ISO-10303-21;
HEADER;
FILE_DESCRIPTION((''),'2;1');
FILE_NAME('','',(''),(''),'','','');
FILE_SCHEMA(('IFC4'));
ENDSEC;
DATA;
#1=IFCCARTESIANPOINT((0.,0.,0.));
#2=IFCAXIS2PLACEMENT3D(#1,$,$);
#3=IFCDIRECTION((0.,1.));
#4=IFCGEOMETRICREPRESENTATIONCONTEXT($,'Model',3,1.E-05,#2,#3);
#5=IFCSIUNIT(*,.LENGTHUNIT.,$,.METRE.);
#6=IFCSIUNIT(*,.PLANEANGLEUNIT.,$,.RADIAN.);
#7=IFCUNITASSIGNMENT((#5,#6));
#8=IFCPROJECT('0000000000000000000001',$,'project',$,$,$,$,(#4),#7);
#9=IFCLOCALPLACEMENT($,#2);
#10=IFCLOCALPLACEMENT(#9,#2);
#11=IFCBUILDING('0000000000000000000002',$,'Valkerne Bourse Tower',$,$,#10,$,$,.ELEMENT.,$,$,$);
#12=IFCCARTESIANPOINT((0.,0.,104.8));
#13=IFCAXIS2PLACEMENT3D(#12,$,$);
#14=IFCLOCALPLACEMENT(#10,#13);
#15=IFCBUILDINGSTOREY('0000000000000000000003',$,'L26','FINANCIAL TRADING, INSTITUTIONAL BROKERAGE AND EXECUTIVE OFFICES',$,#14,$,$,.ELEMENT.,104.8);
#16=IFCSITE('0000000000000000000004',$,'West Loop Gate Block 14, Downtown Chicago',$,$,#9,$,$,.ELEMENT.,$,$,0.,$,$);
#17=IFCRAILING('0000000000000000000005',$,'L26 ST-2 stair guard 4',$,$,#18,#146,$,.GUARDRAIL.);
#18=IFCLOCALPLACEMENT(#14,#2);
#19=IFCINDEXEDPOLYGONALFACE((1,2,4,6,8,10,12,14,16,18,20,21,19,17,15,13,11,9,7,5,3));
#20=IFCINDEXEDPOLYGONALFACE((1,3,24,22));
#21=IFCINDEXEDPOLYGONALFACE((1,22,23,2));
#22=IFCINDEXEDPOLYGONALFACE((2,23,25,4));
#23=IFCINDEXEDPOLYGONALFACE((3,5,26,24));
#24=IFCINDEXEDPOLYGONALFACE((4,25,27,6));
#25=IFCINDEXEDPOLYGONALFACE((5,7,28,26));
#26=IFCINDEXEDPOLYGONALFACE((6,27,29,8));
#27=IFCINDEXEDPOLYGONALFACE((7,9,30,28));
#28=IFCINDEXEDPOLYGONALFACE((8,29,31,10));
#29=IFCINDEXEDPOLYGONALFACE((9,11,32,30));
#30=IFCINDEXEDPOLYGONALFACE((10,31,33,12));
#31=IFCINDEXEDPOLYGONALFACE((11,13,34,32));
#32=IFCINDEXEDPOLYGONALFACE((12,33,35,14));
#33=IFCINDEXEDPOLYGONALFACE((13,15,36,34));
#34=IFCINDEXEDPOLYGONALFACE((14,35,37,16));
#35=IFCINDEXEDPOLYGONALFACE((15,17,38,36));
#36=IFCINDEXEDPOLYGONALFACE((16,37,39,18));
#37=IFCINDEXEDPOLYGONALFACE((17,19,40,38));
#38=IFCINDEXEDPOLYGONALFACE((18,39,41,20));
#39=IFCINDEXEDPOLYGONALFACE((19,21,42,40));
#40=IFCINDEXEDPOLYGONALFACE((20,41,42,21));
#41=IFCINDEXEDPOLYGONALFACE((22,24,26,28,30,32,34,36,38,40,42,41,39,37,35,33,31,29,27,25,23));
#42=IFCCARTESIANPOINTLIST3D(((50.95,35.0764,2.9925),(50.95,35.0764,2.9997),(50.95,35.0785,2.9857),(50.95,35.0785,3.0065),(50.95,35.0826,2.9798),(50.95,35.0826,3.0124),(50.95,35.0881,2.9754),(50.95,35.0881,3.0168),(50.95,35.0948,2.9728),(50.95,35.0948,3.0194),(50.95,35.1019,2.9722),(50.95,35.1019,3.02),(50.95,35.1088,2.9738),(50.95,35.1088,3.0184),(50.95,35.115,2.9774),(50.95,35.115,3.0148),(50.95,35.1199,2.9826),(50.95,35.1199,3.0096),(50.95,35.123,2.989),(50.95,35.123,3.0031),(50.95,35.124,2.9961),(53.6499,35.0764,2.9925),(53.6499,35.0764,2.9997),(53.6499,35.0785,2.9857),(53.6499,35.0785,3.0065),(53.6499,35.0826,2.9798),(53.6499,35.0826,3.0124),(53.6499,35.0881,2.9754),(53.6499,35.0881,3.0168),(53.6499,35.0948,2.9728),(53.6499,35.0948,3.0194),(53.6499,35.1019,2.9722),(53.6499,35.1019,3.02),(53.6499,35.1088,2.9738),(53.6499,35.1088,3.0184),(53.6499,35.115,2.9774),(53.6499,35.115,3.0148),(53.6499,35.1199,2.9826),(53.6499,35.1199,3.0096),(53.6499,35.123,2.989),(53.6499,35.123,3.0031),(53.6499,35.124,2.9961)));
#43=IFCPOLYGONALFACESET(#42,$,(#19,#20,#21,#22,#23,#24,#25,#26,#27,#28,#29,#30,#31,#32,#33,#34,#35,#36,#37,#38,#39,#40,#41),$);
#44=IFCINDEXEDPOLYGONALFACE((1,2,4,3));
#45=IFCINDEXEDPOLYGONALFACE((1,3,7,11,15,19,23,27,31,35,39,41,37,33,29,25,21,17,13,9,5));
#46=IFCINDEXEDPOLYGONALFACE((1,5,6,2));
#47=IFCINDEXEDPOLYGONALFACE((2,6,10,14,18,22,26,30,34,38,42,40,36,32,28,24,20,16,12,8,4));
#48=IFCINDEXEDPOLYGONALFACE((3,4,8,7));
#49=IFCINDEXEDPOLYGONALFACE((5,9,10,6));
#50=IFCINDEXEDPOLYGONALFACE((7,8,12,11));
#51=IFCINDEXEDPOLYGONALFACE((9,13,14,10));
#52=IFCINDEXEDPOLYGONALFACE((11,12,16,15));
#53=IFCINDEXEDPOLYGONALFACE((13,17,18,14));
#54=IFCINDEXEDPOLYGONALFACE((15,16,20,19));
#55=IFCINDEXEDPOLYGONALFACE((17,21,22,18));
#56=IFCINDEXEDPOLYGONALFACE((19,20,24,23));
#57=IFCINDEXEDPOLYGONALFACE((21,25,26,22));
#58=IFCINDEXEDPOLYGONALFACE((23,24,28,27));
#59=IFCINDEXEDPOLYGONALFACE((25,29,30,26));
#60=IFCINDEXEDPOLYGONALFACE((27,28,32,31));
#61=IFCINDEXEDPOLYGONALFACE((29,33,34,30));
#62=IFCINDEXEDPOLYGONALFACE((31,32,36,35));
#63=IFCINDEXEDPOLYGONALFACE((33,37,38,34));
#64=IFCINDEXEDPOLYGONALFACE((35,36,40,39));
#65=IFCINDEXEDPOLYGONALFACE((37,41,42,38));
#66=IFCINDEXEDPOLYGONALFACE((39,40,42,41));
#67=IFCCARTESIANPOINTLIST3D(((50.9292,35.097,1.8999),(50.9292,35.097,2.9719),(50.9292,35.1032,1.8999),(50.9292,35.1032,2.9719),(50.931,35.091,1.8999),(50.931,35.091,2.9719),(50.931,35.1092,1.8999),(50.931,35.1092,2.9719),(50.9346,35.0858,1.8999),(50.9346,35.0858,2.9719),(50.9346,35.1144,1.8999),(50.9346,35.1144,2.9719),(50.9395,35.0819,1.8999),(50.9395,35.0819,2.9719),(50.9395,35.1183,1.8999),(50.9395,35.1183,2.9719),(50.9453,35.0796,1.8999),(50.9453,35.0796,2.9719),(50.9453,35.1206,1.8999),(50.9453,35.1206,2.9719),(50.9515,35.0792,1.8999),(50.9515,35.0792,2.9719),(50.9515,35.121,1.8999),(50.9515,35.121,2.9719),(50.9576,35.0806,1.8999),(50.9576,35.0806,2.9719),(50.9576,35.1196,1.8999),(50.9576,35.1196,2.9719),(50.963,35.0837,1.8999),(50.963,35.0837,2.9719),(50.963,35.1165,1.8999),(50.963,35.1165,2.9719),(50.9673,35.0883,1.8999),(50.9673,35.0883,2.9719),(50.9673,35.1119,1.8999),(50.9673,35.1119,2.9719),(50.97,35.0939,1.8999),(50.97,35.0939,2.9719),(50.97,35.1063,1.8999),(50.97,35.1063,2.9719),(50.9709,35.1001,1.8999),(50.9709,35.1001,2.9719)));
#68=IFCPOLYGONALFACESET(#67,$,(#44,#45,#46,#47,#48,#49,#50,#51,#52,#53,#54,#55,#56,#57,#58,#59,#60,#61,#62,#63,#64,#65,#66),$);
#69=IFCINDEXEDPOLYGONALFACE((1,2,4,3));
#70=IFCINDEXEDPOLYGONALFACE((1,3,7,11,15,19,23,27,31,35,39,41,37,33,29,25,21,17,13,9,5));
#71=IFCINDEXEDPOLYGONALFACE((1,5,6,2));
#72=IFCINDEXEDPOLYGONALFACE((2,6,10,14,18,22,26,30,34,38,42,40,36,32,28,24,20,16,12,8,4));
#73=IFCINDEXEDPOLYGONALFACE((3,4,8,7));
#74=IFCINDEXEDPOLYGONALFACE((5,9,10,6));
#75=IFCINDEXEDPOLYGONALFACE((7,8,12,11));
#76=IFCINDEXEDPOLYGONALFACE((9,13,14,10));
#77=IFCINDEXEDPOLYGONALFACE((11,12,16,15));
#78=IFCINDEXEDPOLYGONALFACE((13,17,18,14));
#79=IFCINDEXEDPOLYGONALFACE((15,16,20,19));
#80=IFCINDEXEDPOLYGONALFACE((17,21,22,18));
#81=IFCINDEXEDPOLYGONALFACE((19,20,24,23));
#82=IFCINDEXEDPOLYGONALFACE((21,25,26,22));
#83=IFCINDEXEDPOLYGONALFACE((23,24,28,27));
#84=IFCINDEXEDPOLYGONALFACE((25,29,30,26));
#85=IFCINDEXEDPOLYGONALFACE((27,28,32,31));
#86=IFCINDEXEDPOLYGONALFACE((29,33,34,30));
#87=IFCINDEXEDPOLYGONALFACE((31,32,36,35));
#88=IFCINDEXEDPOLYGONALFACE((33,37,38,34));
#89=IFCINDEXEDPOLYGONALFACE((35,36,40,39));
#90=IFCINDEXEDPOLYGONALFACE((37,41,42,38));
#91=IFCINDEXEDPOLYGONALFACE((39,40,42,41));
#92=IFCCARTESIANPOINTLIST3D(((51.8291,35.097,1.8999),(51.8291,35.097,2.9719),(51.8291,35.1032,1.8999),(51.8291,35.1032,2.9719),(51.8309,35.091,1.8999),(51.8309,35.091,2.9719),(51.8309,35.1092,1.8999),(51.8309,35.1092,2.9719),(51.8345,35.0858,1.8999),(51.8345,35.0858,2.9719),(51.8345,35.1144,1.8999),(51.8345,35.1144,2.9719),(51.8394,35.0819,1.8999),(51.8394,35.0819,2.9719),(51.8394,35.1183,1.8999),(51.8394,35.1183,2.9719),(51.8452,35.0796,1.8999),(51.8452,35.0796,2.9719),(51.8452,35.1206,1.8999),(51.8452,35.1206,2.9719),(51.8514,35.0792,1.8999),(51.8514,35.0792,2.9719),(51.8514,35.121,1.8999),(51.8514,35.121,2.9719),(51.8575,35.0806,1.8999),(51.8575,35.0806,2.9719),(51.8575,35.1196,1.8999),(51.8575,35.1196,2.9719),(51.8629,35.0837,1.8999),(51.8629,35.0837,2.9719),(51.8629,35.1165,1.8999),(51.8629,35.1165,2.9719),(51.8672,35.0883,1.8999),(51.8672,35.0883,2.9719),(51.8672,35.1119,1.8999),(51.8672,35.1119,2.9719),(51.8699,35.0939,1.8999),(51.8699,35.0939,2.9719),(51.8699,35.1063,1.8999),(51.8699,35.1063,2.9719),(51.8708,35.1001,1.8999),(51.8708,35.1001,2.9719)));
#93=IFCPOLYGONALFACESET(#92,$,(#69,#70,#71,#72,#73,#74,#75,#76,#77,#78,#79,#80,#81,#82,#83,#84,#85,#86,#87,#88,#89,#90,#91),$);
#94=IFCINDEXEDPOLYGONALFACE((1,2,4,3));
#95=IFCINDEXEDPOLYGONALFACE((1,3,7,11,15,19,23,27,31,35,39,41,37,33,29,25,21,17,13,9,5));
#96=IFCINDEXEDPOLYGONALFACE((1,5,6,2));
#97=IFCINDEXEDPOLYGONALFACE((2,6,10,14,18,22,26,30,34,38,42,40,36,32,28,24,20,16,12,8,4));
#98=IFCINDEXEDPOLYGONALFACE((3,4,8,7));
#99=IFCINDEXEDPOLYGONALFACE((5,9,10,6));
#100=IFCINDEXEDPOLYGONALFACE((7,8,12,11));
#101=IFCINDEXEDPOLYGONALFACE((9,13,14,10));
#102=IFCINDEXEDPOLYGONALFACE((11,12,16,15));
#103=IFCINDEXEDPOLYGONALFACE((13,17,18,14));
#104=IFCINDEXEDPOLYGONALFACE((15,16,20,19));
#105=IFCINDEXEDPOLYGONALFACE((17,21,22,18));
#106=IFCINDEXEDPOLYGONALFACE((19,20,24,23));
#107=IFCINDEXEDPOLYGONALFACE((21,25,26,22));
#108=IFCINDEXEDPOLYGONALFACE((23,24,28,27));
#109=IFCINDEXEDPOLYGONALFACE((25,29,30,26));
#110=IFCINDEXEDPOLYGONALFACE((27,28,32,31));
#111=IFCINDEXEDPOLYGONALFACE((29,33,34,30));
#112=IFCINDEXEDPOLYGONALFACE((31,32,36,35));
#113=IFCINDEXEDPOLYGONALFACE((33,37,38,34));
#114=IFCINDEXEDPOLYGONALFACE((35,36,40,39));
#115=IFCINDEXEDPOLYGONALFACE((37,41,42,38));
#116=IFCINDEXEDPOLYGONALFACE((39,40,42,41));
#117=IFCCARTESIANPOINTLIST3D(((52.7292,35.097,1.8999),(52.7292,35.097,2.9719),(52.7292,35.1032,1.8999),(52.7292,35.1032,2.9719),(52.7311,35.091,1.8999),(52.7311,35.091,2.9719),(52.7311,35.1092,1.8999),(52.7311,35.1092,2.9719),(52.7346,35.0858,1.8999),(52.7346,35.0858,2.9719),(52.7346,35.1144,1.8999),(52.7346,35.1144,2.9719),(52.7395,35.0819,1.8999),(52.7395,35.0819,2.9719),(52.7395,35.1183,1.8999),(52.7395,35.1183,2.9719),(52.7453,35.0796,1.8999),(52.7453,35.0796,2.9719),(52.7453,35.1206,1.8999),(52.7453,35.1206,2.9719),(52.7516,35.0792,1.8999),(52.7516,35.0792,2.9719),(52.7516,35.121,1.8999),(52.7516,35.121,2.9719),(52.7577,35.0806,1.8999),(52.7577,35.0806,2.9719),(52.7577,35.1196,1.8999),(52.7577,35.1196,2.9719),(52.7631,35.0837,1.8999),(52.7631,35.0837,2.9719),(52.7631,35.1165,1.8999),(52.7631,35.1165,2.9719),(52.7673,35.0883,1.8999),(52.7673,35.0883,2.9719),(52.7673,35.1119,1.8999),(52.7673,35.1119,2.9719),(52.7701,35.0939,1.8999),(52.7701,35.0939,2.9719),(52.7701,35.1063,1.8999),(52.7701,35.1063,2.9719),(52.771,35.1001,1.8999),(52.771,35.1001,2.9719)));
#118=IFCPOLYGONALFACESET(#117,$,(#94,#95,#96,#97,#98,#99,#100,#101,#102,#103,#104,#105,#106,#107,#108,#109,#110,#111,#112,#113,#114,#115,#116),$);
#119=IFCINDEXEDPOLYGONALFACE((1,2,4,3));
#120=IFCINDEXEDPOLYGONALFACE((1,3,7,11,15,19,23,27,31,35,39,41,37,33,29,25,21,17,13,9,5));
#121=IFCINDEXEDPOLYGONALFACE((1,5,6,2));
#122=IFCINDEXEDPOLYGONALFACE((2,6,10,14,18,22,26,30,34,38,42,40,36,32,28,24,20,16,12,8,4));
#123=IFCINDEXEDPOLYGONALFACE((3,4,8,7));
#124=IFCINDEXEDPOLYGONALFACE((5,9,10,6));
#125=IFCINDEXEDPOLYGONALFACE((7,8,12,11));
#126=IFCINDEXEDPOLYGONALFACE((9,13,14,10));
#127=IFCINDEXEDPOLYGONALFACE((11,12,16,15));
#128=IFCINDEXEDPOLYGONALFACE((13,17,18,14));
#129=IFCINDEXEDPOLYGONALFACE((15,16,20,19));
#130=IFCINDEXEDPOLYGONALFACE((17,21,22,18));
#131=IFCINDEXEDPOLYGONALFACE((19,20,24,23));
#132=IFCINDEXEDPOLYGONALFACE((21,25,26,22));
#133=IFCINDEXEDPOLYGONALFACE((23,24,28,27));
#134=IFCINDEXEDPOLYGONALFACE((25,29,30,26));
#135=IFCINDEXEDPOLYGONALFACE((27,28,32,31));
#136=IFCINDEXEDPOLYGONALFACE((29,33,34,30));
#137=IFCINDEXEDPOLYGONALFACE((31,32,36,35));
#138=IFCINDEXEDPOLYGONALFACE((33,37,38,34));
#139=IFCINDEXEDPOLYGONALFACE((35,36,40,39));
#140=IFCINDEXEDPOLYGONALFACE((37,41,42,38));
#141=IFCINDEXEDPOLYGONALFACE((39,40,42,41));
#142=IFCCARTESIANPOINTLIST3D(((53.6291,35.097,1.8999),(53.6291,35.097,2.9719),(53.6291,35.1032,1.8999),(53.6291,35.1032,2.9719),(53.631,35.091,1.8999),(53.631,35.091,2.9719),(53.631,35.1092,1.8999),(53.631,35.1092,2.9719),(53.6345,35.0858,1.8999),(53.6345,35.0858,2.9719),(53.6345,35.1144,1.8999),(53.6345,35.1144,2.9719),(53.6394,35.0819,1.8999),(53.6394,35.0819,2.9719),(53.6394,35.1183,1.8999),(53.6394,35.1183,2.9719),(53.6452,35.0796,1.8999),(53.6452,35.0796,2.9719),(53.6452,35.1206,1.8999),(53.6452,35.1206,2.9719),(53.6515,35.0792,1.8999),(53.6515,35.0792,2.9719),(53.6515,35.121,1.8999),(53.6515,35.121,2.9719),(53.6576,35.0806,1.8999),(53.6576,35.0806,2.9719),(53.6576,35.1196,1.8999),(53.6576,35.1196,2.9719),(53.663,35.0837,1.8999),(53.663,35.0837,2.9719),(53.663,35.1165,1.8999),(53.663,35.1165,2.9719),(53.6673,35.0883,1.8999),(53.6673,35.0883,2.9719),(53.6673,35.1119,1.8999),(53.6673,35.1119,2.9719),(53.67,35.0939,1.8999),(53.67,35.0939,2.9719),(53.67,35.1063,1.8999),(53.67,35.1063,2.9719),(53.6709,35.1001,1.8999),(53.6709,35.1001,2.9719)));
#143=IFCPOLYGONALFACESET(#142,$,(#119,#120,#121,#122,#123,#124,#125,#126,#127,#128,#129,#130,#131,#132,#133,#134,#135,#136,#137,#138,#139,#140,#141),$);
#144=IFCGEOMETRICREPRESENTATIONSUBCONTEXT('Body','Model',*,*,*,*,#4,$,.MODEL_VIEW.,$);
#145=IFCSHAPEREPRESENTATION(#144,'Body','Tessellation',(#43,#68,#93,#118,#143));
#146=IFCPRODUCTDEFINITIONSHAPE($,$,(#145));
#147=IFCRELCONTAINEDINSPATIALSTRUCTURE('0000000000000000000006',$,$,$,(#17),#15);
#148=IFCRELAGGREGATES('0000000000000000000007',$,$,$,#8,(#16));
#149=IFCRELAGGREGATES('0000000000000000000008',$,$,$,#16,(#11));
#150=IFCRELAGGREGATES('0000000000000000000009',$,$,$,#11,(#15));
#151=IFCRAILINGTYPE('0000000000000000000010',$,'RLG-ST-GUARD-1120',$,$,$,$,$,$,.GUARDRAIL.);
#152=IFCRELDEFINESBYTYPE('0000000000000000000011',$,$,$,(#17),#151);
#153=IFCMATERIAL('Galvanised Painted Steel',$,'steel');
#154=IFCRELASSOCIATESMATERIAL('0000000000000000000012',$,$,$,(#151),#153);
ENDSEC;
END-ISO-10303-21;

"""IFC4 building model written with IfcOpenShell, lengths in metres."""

from ifc_helpers import new_model, si_unit, direction, frame, origin, origin_2d, place, context, subcontext, project, spatial, circle, extrude, material, type_object, element, save


model = new_model("IFC4")

# Units and contexts
model_context = context("Model", 3, precision=1e-05, world=origin(), true_north=direction((0.0, 1.0)))
body_context = subcontext(model_context, "Body", "Model", "MODEL_VIEW")
ifc_project = project(units=[si_unit("LENGTHUNIT", "METRE"), si_unit("PLANEANGLEUNIT", "RADIAN")], contexts=[model_context])

# Site, building, storey
site_placement = place(None, origin())
site = spatial("IfcSite", under=ifc_project, at=site_placement, Name="West Loop Gate Block 14, Downtown Chicago", CompositionType="ELEMENT", RefElevation=0.0)
building_placement = place(site_placement, origin())
building = spatial("IfcBuilding", under=site, at=building_placement, Name="Valkerne Bourse Tower", CompositionType="ELEMENT")
storey_placement = place(building_placement, frame((0.0, 0.0, 104.8)))
storey = spatial("IfcBuildingStorey", under=building, at=storey_placement, Name="L26", Description="FINANCIAL TRADING, INSTITUTIONAL BROKERAGE AND EXECUTIVE OFFICES", CompositionType="ELEMENT", Elevation=104.8)

# Railing
ifc_material_1 = material(Name="Galvanised Painted Steel", Category="steel")
railing_type_1 = type_object("IfcRailingType", Name="RLG-ST-GUARD-1120", PredefinedType="GUARDRAIL", material=ifc_material_1)
for number, where, name in (
    (1, (50.95, 35.1001, 1.8999), "L26 ST-2 stair guard 4"),
):
    element("IfcRailing", number, at=place(storey_placement, frame(where)), inside=storey, type_object=railing_type_1, Name=name, PredefinedType="GUARDRAIL", context=body_context, shape_type="SweptSolid", body=[
        extrude(circle(Radius=0.0239, at=origin_2d()), frame((0.0, 0.0, 1.0962), z_axis=(1.0, 0.0, 0.0), x_axis=(0.0, 1.0, 0.0)), (0.0, 0.0, 1.0), 2.7),
        extrude(circle(Radius=0.021, at=origin_2d()), origin(), (0.0, 0.0, 1.0), 1.072),
        extrude(circle(Radius=0.021, at=origin_2d()), frame((0.8999, 0.0, 0.0)), (0.0, 0.0, 1.0), 1.072),
        extrude(circle(Radius=0.021, at=origin_2d()), frame((1.8, 0.0, 0.0)), (0.0, 0.0, 1.0), 1.072),
        extrude(circle(Radius=0.021, at=origin_2d()), frame((2.7, 0.0, 0.0)), (0.0, 0.0, 1.0), 1.072),
    ])

save(model, "model.ifc")
